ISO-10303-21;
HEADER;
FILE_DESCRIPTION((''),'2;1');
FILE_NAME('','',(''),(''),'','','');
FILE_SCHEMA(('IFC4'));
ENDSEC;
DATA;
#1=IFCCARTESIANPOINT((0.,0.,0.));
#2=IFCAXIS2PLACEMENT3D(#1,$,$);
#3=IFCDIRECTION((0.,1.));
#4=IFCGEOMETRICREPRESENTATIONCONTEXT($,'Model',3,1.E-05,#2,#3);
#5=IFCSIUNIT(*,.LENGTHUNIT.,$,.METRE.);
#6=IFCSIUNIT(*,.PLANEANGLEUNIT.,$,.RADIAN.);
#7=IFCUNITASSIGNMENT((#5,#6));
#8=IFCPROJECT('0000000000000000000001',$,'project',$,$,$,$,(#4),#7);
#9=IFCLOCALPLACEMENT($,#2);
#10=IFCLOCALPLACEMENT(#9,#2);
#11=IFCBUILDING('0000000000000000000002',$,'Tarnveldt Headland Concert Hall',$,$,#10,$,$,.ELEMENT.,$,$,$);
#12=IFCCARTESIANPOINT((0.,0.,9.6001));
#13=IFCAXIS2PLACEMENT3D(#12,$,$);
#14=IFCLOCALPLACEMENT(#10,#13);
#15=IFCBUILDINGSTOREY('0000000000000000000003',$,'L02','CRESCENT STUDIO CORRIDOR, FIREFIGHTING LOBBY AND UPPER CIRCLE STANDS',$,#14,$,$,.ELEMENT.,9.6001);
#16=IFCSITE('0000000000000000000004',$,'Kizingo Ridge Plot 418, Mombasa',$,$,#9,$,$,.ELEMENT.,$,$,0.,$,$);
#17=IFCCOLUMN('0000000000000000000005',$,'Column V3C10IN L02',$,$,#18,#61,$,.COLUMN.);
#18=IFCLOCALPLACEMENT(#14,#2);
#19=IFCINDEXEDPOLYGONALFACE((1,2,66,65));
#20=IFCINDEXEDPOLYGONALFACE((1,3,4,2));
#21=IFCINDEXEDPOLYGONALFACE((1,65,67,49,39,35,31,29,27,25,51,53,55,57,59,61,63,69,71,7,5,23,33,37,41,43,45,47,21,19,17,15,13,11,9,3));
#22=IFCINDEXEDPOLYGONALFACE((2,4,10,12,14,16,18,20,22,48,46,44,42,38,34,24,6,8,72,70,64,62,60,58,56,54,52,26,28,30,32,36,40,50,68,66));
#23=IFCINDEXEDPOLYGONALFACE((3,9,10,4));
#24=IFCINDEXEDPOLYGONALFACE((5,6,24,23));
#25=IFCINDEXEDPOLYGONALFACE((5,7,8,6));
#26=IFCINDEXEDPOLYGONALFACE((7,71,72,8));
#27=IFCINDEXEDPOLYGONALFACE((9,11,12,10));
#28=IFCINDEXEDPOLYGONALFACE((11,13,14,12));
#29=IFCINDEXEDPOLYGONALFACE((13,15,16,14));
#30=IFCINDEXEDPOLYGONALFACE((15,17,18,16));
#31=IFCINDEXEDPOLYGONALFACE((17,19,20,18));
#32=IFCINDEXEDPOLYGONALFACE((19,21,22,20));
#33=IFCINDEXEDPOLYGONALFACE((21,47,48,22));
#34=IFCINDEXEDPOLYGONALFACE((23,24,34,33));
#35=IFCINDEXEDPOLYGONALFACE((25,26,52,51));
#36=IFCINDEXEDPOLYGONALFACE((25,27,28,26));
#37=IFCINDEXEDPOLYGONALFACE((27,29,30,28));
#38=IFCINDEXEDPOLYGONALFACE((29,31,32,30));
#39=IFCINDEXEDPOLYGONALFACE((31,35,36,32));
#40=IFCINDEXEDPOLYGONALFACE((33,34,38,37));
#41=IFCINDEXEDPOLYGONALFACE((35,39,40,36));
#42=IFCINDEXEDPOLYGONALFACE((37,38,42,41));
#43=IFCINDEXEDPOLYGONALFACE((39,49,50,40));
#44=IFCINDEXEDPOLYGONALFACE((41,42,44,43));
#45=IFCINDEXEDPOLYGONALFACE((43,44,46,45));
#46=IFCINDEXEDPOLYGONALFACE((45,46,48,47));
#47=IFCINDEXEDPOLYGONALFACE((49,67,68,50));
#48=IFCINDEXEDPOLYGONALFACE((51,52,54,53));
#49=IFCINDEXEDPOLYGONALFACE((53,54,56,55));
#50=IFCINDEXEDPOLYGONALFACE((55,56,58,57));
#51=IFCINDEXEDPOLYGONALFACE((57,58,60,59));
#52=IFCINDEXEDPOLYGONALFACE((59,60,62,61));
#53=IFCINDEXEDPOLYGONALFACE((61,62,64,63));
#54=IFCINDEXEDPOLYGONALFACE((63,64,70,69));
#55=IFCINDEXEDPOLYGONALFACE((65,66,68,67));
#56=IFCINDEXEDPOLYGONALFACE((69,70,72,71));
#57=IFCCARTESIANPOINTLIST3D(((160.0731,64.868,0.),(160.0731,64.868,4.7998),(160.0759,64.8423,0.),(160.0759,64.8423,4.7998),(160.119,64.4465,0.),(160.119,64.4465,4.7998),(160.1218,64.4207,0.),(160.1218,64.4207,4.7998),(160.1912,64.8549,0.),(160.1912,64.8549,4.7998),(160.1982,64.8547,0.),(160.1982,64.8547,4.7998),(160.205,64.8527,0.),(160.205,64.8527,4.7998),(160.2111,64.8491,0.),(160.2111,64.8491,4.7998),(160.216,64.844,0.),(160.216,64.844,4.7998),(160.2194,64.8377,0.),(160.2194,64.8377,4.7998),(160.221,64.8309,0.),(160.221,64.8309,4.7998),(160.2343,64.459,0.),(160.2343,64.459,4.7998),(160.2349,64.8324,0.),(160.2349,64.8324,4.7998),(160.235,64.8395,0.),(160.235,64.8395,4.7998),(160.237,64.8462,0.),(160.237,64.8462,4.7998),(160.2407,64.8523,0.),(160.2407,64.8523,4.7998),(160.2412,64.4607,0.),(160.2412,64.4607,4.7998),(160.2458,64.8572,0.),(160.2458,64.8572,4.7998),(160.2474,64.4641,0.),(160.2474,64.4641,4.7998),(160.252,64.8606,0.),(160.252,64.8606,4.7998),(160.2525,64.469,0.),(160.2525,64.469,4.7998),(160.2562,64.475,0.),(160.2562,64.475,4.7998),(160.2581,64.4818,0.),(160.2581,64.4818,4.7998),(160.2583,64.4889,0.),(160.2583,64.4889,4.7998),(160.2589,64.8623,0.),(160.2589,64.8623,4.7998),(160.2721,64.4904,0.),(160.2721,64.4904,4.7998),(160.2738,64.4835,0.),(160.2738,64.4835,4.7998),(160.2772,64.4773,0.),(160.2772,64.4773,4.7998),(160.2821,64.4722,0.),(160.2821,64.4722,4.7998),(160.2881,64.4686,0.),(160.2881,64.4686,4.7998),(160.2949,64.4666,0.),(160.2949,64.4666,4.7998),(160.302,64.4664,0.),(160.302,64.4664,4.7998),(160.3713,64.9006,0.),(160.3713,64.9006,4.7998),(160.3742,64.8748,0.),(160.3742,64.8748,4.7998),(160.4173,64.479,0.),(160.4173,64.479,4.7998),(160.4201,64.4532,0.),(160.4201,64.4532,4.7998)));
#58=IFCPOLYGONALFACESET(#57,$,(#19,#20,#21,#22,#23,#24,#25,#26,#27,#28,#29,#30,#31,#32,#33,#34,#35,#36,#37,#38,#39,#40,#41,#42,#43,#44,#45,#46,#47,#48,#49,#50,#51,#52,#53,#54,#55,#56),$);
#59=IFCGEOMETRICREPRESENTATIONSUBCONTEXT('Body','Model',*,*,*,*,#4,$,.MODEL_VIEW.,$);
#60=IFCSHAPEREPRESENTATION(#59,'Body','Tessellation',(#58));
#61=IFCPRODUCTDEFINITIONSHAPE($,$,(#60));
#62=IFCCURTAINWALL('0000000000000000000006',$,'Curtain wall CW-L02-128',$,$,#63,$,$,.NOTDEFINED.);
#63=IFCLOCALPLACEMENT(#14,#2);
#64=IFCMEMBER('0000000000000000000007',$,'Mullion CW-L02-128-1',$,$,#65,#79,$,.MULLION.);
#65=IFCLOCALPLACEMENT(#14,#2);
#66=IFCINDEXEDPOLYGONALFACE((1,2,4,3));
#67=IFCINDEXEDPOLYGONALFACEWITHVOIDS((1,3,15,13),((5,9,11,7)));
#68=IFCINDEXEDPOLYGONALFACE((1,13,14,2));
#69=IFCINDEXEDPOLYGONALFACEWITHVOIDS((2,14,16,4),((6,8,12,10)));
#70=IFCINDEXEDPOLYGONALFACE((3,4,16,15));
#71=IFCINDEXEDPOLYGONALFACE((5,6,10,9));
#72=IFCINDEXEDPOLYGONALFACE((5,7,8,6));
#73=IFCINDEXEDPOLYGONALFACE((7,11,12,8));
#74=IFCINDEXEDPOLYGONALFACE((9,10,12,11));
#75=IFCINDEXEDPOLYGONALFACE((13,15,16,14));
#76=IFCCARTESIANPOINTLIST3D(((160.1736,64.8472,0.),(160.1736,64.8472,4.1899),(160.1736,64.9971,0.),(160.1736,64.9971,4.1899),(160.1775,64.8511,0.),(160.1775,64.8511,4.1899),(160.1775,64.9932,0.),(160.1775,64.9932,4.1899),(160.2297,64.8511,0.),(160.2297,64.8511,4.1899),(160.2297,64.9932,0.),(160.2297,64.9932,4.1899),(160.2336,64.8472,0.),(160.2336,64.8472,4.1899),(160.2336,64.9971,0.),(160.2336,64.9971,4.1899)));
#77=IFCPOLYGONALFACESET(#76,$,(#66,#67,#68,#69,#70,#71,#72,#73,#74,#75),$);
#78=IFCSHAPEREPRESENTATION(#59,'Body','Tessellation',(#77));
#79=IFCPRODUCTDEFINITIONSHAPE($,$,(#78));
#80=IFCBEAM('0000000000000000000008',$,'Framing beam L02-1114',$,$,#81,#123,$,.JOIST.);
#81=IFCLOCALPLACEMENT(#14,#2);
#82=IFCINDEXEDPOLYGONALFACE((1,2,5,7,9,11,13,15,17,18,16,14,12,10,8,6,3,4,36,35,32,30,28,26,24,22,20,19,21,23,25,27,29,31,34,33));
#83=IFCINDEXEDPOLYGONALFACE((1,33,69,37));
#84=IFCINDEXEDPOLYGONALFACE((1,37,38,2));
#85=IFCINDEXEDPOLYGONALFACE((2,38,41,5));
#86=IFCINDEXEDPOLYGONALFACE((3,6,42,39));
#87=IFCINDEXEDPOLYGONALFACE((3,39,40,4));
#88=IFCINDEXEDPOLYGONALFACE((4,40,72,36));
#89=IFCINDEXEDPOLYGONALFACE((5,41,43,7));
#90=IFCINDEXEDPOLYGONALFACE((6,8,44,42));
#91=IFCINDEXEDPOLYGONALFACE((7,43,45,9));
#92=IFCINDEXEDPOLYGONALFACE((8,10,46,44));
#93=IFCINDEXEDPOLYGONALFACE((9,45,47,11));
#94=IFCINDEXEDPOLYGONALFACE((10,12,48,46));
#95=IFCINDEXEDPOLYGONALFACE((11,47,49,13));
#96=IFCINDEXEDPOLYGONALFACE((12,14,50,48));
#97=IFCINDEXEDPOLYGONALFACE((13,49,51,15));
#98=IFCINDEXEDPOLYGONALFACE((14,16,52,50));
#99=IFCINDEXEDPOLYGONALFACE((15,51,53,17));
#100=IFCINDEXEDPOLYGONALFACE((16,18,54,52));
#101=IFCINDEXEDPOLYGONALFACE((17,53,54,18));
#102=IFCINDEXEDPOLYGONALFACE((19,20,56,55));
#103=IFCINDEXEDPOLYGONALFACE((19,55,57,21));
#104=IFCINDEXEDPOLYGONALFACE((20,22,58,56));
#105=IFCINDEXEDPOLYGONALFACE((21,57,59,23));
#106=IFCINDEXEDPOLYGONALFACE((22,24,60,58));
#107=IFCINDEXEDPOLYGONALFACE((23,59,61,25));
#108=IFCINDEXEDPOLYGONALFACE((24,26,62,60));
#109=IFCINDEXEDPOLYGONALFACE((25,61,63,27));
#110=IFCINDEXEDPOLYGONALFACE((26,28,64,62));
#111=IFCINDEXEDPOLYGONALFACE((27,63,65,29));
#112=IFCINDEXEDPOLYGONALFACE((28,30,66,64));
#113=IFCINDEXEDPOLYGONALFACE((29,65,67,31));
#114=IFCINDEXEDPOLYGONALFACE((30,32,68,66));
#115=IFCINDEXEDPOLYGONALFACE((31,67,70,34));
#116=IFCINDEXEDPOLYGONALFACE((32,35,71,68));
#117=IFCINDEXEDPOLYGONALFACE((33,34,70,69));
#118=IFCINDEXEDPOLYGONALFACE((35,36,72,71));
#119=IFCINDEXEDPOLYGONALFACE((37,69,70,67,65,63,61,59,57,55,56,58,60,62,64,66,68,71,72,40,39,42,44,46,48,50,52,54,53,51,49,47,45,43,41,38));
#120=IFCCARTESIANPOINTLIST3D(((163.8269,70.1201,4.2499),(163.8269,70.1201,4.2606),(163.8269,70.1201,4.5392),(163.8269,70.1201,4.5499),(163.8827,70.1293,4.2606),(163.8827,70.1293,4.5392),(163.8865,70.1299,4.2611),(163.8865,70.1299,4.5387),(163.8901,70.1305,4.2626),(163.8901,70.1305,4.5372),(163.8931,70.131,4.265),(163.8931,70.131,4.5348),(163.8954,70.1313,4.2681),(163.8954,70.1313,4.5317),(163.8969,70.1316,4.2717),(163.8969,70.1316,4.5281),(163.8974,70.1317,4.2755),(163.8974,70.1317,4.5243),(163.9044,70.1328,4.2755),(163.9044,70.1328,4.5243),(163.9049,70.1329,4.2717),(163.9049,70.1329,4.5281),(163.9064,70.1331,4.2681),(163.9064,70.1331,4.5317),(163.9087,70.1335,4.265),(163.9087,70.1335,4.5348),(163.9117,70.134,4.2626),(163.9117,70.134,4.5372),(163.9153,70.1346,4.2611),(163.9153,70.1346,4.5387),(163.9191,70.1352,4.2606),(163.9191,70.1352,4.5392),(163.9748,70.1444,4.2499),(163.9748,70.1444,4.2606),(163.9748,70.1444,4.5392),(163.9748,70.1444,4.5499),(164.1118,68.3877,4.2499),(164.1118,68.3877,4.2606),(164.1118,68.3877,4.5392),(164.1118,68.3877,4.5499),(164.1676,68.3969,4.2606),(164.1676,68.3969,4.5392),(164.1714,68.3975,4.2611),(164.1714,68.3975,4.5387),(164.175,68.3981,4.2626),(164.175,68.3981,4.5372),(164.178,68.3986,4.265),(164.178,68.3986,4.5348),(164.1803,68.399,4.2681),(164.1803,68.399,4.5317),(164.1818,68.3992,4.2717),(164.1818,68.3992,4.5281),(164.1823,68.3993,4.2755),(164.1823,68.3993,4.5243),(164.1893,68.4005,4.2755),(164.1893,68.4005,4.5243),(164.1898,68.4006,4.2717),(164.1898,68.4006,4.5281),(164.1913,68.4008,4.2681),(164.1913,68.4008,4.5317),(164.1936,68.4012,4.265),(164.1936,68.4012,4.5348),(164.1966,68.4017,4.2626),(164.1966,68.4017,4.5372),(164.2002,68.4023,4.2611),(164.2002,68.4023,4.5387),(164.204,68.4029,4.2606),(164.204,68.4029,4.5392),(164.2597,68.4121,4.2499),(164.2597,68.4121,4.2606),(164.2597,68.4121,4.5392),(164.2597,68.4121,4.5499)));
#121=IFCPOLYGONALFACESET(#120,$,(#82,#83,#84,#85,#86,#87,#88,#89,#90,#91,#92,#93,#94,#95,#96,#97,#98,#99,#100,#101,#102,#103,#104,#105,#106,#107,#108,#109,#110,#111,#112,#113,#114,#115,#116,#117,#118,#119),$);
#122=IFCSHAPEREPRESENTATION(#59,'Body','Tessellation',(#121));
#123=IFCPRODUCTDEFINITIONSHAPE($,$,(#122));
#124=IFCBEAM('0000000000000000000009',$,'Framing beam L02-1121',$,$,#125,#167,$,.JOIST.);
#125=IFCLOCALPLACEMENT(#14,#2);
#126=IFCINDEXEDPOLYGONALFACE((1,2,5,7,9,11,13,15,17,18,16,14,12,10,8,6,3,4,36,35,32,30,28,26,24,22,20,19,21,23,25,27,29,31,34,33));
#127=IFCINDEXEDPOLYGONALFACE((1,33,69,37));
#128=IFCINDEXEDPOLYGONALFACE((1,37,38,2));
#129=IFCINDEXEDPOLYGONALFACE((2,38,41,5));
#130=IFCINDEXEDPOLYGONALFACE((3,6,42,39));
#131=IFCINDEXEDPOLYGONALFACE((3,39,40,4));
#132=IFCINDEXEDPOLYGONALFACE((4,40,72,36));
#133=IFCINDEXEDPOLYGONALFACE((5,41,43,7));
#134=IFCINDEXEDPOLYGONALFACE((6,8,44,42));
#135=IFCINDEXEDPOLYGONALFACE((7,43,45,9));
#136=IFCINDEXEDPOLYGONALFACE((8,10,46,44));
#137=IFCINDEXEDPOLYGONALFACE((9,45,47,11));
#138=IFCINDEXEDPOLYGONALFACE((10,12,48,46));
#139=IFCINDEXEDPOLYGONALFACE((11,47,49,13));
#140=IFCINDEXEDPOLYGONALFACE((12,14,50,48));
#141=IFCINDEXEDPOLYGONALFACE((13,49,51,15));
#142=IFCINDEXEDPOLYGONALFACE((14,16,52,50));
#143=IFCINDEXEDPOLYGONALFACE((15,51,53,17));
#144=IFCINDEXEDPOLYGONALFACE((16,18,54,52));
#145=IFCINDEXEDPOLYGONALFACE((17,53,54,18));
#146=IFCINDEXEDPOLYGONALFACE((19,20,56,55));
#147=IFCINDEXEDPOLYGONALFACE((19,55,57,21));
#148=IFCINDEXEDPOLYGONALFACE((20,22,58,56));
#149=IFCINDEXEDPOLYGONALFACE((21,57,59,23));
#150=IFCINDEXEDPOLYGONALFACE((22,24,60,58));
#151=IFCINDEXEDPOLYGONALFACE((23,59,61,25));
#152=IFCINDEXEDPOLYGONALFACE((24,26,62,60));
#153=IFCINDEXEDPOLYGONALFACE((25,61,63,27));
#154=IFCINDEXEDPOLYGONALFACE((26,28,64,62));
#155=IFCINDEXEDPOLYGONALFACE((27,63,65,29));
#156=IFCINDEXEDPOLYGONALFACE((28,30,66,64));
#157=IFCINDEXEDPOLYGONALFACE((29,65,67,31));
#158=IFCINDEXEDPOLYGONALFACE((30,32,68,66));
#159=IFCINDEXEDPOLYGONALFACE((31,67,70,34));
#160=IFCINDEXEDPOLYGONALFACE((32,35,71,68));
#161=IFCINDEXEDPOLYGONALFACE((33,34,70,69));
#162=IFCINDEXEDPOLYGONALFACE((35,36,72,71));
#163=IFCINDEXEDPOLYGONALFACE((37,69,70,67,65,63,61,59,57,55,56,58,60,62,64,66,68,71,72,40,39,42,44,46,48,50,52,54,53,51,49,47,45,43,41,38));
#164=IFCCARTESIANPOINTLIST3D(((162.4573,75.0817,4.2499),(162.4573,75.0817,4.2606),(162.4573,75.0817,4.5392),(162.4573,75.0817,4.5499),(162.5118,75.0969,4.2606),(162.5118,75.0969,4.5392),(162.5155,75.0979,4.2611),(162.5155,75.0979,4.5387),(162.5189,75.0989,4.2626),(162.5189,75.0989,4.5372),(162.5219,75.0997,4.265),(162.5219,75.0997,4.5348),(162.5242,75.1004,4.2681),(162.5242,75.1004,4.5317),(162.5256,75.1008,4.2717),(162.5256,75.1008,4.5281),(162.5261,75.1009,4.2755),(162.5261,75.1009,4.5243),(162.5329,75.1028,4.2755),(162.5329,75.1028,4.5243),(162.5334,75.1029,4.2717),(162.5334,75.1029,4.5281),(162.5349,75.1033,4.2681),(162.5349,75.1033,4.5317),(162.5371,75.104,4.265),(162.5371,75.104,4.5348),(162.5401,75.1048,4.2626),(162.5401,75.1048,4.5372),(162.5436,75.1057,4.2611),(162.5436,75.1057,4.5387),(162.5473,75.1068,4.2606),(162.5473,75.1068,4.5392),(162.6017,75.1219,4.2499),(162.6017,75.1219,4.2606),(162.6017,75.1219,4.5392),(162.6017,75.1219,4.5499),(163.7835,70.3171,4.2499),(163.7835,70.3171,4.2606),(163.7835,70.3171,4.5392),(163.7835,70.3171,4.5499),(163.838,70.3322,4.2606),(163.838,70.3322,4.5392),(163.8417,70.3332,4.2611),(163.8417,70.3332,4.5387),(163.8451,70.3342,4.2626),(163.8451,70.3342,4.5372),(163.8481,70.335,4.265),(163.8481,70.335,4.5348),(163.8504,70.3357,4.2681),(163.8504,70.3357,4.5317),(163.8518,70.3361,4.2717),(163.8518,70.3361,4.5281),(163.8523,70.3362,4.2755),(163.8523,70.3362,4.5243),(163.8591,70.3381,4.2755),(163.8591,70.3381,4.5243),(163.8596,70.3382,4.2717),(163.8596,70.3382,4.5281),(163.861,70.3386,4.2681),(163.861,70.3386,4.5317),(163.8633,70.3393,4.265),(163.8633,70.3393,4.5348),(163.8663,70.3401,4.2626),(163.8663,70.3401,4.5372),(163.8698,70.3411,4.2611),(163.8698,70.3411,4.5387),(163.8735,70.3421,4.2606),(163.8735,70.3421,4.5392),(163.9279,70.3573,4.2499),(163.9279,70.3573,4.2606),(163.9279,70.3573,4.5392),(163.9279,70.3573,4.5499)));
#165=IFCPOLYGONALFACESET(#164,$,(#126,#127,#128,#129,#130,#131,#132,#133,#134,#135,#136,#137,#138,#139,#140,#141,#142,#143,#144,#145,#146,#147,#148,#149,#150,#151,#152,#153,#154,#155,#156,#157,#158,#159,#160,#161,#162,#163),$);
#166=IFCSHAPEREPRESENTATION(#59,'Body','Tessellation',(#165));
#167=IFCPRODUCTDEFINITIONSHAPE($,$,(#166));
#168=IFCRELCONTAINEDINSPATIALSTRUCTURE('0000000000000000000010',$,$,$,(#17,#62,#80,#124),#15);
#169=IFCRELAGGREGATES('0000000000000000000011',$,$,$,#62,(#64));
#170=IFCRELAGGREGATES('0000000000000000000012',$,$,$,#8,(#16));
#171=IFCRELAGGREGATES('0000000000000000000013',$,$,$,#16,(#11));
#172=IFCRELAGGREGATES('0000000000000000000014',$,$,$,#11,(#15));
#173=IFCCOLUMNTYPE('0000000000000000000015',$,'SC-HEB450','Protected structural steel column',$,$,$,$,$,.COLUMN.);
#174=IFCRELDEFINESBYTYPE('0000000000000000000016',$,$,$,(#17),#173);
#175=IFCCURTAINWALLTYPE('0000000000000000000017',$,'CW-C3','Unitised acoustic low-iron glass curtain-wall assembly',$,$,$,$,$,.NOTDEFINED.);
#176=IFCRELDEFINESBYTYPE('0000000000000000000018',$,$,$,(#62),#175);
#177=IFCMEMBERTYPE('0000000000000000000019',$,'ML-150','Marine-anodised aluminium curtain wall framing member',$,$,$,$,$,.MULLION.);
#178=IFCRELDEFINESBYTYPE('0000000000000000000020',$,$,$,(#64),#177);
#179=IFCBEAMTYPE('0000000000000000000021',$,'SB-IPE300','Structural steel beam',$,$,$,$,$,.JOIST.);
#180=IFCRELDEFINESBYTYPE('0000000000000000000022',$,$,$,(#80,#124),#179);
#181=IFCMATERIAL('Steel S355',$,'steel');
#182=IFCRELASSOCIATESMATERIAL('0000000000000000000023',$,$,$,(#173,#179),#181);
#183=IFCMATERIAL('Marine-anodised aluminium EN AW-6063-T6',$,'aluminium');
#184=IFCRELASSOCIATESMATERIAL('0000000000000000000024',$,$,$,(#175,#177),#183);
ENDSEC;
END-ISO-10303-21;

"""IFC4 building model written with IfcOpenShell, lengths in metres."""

from ifc_helpers import new_model, si_unit, direction, frame, origin, origin_2d, place, context, subcontext, project, spatial, hollow_rectangle, i_section, extrude, material, material_profile, profile_set, type_object, element, aggregate, save


model = new_model("IFC4")

# Units and contexts
model_context = context("Model", 3, precision=1e-05, world=origin(), true_north=direction((0.0, 1.0)))
body_context = subcontext(model_context, "Body", "Model", "MODEL_VIEW")
ifc_project = project(units=[si_unit("LENGTHUNIT", "METRE"), si_unit("PLANEANGLEUNIT", "RADIAN")], contexts=[model_context])

# Site, building, storey
site_placement = place(None, origin())
site = spatial("IfcSite", under=ifc_project, at=site_placement, Name="Kizingo Ridge Plot 418, Mombasa", CompositionType="ELEMENT", RefElevation=0.0)
building_placement = place(site_placement, origin())
building = spatial("IfcBuilding", under=site, at=building_placement, Name="Tarnveldt Headland Concert Hall", CompositionType="ELEMENT")
storey_placement = place(building_placement, frame((0.0, 0.0, 9.6001)))
storey = spatial("IfcBuildingStorey", under=building, at=storey_placement, Name="L02", Description="CRESCENT STUDIO CORRIDOR, FIREFIGHTING LOBBY AND UPPER CIRCLE STANDS", CompositionType="ELEMENT", Elevation=9.6001)

# Column
ifc_material_1 = material(Name="Steel S355", Category="steel")
ifc_material_profile_1 = material_profile(ifc_material_1, i_section(OverallWidth=0.3, OverallDepth=0.45, WebThickness=0.0139, FlangeThickness=0.0259, FilletRadius=0.0271, at=origin_2d()), Name="HEB450", Category="steel")
ifc_profile_set_1 = profile_set([ifc_material_profile_1], Name="Steel S355")
column_type = type_object("IfcColumnType", Name="SC-HEB450", Description="Protected structural steel column", PredefinedType="COLUMN", material=ifc_profile_set_1)
column_placement = place(storey_placement, frame((160.2466, 64.6606, 0.0), z_axis=(0.0, 0.0, 1.0), x_axis=(0.994113, 0.108346, 0.0)))
element("IfcColumn", 1, at=column_placement, inside=storey, type_object=column_type, Name="Column V3C10IN L02", PredefinedType="COLUMN", context=body_context, shape_type="SweptSolid", body=[
    extrude(i_section(OverallWidth=0.3, OverallDepth=0.45, WebThickness=0.0139, FlangeThickness=0.0259, FilletRadius=0.0271, at=origin_2d()), origin(), (0.0, 0.0, 1.0), 4.7998),
])

# Curtain wall, member
ifc_material_2 = material(Name="Marine-anodised aluminium EN AW-6063-T6", Category="aluminium")
curtain_wall_type = type_object("IfcCurtainWallType", Name="CW-C3", Description="Unitised acoustic low-iron glass curtain-wall assembly", PredefinedType="NOTDEFINED", material=ifc_material_2)
curtain_wall_placement = place(storey_placement, origin())
curtain_wall = element("IfcCurtainWall", 2, at=curtain_wall_placement, inside=storey, type_object=curtain_wall_type, Name="Curtain wall CW-L02-128", PredefinedType="NOTDEFINED")
ifc_material_profile_2 = material_profile(ifc_material_2, hollow_rectangle(XDim=0.0601, YDim=0.1499, WallThickness=0.0039, at=origin_2d()), Name="ALU MULLION 60x150x4", Category="aluminium")
ifc_profile_set_2 = profile_set([ifc_material_profile_2], Name="Marine-anodised aluminium EN AW-6063-T6")
member_type_1 = type_object("IfcMemberType", Name="ML-150", Description="Marine-anodised aluminium curtain wall framing member", PredefinedType="MULLION", material=ifc_profile_set_2)
member_1_placement = place(storey_placement, frame((160.2036, 64.9221, 0.0), z_axis=(0.0, 0.0, 1.0), x_axis=(1.0, 0.0, 0.0)))
member_1 = element("IfcMember", 3, at=member_1_placement, type_object=member_type_1, Name="Mullion CW-L02-128-1", PredefinedType="MULLION", context=body_context, shape_type="SweptSolid", body=[
    extrude(hollow_rectangle(XDim=0.0601, YDim=0.1499, WallThickness=0.0039, at=origin_2d()), origin(), (0.0, 0.0, 1.0), 4.1899),
])

# Beams
ifc_material_profile_3 = material_profile(ifc_material_1, i_section(OverallWidth=0.1499, OverallDepth=0.3, WebThickness=0.0071, FlangeThickness=0.0107, FilletRadius=0.0149, at=origin_2d()), Name="IPE300", Category="steel")
ifc_profile_set_3 = profile_set([ifc_material_profile_3], Name="Steel S355")
beam_type_1 = type_object("IfcBeamType", Name="SB-IPE300", Description="Structural steel beam", PredefinedType="JOIST", material=ifc_profile_set_3)
beam_1_placement = place(storey_placement, frame((164.1858, 68.3999, 4.3999), z_axis=(-0.162279, 0.986745, 0.0), x_axis=(-0.986745, -0.162279, 0.0)))
element("IfcBeam", 4, at=beam_1_placement, inside=storey, type_object=beam_type_1, Name="Framing beam L02-1114", PredefinedType="JOIST", context=body_context, shape_type="SweptSolid", body=[
    extrude(i_section(OverallWidth=0.1499, OverallDepth=0.3, WebThickness=0.0071, FlangeThickness=0.0107, FilletRadius=0.0149, at=origin_2d()), origin(), (0.0, 0.0, 1.0), 1.7556),
])
beam_2_placement = place(storey_placement, frame((163.8557, 70.3372, 4.3999), z_axis=(-0.268143, 0.963379, 0.0), x_axis=(-0.963379, -0.268143, 0.0)))
element("IfcBeam", 5, at=beam_2_placement, inside=storey, type_object=beam_type_1, Name="Framing beam L02-1121", PredefinedType="JOIST", context=body_context, shape_type="SweptSolid", body=[
    extrude(i_section(OverallWidth=0.1499, OverallDepth=0.3, WebThickness=0.0071, FlangeThickness=0.0107, FilletRadius=0.0149, at=origin_2d()), origin(), (0.0, 0.0, 1.0), 4.9458),
])

aggregate(curtain_wall, [member_1])

save(model, "model.ifc")
